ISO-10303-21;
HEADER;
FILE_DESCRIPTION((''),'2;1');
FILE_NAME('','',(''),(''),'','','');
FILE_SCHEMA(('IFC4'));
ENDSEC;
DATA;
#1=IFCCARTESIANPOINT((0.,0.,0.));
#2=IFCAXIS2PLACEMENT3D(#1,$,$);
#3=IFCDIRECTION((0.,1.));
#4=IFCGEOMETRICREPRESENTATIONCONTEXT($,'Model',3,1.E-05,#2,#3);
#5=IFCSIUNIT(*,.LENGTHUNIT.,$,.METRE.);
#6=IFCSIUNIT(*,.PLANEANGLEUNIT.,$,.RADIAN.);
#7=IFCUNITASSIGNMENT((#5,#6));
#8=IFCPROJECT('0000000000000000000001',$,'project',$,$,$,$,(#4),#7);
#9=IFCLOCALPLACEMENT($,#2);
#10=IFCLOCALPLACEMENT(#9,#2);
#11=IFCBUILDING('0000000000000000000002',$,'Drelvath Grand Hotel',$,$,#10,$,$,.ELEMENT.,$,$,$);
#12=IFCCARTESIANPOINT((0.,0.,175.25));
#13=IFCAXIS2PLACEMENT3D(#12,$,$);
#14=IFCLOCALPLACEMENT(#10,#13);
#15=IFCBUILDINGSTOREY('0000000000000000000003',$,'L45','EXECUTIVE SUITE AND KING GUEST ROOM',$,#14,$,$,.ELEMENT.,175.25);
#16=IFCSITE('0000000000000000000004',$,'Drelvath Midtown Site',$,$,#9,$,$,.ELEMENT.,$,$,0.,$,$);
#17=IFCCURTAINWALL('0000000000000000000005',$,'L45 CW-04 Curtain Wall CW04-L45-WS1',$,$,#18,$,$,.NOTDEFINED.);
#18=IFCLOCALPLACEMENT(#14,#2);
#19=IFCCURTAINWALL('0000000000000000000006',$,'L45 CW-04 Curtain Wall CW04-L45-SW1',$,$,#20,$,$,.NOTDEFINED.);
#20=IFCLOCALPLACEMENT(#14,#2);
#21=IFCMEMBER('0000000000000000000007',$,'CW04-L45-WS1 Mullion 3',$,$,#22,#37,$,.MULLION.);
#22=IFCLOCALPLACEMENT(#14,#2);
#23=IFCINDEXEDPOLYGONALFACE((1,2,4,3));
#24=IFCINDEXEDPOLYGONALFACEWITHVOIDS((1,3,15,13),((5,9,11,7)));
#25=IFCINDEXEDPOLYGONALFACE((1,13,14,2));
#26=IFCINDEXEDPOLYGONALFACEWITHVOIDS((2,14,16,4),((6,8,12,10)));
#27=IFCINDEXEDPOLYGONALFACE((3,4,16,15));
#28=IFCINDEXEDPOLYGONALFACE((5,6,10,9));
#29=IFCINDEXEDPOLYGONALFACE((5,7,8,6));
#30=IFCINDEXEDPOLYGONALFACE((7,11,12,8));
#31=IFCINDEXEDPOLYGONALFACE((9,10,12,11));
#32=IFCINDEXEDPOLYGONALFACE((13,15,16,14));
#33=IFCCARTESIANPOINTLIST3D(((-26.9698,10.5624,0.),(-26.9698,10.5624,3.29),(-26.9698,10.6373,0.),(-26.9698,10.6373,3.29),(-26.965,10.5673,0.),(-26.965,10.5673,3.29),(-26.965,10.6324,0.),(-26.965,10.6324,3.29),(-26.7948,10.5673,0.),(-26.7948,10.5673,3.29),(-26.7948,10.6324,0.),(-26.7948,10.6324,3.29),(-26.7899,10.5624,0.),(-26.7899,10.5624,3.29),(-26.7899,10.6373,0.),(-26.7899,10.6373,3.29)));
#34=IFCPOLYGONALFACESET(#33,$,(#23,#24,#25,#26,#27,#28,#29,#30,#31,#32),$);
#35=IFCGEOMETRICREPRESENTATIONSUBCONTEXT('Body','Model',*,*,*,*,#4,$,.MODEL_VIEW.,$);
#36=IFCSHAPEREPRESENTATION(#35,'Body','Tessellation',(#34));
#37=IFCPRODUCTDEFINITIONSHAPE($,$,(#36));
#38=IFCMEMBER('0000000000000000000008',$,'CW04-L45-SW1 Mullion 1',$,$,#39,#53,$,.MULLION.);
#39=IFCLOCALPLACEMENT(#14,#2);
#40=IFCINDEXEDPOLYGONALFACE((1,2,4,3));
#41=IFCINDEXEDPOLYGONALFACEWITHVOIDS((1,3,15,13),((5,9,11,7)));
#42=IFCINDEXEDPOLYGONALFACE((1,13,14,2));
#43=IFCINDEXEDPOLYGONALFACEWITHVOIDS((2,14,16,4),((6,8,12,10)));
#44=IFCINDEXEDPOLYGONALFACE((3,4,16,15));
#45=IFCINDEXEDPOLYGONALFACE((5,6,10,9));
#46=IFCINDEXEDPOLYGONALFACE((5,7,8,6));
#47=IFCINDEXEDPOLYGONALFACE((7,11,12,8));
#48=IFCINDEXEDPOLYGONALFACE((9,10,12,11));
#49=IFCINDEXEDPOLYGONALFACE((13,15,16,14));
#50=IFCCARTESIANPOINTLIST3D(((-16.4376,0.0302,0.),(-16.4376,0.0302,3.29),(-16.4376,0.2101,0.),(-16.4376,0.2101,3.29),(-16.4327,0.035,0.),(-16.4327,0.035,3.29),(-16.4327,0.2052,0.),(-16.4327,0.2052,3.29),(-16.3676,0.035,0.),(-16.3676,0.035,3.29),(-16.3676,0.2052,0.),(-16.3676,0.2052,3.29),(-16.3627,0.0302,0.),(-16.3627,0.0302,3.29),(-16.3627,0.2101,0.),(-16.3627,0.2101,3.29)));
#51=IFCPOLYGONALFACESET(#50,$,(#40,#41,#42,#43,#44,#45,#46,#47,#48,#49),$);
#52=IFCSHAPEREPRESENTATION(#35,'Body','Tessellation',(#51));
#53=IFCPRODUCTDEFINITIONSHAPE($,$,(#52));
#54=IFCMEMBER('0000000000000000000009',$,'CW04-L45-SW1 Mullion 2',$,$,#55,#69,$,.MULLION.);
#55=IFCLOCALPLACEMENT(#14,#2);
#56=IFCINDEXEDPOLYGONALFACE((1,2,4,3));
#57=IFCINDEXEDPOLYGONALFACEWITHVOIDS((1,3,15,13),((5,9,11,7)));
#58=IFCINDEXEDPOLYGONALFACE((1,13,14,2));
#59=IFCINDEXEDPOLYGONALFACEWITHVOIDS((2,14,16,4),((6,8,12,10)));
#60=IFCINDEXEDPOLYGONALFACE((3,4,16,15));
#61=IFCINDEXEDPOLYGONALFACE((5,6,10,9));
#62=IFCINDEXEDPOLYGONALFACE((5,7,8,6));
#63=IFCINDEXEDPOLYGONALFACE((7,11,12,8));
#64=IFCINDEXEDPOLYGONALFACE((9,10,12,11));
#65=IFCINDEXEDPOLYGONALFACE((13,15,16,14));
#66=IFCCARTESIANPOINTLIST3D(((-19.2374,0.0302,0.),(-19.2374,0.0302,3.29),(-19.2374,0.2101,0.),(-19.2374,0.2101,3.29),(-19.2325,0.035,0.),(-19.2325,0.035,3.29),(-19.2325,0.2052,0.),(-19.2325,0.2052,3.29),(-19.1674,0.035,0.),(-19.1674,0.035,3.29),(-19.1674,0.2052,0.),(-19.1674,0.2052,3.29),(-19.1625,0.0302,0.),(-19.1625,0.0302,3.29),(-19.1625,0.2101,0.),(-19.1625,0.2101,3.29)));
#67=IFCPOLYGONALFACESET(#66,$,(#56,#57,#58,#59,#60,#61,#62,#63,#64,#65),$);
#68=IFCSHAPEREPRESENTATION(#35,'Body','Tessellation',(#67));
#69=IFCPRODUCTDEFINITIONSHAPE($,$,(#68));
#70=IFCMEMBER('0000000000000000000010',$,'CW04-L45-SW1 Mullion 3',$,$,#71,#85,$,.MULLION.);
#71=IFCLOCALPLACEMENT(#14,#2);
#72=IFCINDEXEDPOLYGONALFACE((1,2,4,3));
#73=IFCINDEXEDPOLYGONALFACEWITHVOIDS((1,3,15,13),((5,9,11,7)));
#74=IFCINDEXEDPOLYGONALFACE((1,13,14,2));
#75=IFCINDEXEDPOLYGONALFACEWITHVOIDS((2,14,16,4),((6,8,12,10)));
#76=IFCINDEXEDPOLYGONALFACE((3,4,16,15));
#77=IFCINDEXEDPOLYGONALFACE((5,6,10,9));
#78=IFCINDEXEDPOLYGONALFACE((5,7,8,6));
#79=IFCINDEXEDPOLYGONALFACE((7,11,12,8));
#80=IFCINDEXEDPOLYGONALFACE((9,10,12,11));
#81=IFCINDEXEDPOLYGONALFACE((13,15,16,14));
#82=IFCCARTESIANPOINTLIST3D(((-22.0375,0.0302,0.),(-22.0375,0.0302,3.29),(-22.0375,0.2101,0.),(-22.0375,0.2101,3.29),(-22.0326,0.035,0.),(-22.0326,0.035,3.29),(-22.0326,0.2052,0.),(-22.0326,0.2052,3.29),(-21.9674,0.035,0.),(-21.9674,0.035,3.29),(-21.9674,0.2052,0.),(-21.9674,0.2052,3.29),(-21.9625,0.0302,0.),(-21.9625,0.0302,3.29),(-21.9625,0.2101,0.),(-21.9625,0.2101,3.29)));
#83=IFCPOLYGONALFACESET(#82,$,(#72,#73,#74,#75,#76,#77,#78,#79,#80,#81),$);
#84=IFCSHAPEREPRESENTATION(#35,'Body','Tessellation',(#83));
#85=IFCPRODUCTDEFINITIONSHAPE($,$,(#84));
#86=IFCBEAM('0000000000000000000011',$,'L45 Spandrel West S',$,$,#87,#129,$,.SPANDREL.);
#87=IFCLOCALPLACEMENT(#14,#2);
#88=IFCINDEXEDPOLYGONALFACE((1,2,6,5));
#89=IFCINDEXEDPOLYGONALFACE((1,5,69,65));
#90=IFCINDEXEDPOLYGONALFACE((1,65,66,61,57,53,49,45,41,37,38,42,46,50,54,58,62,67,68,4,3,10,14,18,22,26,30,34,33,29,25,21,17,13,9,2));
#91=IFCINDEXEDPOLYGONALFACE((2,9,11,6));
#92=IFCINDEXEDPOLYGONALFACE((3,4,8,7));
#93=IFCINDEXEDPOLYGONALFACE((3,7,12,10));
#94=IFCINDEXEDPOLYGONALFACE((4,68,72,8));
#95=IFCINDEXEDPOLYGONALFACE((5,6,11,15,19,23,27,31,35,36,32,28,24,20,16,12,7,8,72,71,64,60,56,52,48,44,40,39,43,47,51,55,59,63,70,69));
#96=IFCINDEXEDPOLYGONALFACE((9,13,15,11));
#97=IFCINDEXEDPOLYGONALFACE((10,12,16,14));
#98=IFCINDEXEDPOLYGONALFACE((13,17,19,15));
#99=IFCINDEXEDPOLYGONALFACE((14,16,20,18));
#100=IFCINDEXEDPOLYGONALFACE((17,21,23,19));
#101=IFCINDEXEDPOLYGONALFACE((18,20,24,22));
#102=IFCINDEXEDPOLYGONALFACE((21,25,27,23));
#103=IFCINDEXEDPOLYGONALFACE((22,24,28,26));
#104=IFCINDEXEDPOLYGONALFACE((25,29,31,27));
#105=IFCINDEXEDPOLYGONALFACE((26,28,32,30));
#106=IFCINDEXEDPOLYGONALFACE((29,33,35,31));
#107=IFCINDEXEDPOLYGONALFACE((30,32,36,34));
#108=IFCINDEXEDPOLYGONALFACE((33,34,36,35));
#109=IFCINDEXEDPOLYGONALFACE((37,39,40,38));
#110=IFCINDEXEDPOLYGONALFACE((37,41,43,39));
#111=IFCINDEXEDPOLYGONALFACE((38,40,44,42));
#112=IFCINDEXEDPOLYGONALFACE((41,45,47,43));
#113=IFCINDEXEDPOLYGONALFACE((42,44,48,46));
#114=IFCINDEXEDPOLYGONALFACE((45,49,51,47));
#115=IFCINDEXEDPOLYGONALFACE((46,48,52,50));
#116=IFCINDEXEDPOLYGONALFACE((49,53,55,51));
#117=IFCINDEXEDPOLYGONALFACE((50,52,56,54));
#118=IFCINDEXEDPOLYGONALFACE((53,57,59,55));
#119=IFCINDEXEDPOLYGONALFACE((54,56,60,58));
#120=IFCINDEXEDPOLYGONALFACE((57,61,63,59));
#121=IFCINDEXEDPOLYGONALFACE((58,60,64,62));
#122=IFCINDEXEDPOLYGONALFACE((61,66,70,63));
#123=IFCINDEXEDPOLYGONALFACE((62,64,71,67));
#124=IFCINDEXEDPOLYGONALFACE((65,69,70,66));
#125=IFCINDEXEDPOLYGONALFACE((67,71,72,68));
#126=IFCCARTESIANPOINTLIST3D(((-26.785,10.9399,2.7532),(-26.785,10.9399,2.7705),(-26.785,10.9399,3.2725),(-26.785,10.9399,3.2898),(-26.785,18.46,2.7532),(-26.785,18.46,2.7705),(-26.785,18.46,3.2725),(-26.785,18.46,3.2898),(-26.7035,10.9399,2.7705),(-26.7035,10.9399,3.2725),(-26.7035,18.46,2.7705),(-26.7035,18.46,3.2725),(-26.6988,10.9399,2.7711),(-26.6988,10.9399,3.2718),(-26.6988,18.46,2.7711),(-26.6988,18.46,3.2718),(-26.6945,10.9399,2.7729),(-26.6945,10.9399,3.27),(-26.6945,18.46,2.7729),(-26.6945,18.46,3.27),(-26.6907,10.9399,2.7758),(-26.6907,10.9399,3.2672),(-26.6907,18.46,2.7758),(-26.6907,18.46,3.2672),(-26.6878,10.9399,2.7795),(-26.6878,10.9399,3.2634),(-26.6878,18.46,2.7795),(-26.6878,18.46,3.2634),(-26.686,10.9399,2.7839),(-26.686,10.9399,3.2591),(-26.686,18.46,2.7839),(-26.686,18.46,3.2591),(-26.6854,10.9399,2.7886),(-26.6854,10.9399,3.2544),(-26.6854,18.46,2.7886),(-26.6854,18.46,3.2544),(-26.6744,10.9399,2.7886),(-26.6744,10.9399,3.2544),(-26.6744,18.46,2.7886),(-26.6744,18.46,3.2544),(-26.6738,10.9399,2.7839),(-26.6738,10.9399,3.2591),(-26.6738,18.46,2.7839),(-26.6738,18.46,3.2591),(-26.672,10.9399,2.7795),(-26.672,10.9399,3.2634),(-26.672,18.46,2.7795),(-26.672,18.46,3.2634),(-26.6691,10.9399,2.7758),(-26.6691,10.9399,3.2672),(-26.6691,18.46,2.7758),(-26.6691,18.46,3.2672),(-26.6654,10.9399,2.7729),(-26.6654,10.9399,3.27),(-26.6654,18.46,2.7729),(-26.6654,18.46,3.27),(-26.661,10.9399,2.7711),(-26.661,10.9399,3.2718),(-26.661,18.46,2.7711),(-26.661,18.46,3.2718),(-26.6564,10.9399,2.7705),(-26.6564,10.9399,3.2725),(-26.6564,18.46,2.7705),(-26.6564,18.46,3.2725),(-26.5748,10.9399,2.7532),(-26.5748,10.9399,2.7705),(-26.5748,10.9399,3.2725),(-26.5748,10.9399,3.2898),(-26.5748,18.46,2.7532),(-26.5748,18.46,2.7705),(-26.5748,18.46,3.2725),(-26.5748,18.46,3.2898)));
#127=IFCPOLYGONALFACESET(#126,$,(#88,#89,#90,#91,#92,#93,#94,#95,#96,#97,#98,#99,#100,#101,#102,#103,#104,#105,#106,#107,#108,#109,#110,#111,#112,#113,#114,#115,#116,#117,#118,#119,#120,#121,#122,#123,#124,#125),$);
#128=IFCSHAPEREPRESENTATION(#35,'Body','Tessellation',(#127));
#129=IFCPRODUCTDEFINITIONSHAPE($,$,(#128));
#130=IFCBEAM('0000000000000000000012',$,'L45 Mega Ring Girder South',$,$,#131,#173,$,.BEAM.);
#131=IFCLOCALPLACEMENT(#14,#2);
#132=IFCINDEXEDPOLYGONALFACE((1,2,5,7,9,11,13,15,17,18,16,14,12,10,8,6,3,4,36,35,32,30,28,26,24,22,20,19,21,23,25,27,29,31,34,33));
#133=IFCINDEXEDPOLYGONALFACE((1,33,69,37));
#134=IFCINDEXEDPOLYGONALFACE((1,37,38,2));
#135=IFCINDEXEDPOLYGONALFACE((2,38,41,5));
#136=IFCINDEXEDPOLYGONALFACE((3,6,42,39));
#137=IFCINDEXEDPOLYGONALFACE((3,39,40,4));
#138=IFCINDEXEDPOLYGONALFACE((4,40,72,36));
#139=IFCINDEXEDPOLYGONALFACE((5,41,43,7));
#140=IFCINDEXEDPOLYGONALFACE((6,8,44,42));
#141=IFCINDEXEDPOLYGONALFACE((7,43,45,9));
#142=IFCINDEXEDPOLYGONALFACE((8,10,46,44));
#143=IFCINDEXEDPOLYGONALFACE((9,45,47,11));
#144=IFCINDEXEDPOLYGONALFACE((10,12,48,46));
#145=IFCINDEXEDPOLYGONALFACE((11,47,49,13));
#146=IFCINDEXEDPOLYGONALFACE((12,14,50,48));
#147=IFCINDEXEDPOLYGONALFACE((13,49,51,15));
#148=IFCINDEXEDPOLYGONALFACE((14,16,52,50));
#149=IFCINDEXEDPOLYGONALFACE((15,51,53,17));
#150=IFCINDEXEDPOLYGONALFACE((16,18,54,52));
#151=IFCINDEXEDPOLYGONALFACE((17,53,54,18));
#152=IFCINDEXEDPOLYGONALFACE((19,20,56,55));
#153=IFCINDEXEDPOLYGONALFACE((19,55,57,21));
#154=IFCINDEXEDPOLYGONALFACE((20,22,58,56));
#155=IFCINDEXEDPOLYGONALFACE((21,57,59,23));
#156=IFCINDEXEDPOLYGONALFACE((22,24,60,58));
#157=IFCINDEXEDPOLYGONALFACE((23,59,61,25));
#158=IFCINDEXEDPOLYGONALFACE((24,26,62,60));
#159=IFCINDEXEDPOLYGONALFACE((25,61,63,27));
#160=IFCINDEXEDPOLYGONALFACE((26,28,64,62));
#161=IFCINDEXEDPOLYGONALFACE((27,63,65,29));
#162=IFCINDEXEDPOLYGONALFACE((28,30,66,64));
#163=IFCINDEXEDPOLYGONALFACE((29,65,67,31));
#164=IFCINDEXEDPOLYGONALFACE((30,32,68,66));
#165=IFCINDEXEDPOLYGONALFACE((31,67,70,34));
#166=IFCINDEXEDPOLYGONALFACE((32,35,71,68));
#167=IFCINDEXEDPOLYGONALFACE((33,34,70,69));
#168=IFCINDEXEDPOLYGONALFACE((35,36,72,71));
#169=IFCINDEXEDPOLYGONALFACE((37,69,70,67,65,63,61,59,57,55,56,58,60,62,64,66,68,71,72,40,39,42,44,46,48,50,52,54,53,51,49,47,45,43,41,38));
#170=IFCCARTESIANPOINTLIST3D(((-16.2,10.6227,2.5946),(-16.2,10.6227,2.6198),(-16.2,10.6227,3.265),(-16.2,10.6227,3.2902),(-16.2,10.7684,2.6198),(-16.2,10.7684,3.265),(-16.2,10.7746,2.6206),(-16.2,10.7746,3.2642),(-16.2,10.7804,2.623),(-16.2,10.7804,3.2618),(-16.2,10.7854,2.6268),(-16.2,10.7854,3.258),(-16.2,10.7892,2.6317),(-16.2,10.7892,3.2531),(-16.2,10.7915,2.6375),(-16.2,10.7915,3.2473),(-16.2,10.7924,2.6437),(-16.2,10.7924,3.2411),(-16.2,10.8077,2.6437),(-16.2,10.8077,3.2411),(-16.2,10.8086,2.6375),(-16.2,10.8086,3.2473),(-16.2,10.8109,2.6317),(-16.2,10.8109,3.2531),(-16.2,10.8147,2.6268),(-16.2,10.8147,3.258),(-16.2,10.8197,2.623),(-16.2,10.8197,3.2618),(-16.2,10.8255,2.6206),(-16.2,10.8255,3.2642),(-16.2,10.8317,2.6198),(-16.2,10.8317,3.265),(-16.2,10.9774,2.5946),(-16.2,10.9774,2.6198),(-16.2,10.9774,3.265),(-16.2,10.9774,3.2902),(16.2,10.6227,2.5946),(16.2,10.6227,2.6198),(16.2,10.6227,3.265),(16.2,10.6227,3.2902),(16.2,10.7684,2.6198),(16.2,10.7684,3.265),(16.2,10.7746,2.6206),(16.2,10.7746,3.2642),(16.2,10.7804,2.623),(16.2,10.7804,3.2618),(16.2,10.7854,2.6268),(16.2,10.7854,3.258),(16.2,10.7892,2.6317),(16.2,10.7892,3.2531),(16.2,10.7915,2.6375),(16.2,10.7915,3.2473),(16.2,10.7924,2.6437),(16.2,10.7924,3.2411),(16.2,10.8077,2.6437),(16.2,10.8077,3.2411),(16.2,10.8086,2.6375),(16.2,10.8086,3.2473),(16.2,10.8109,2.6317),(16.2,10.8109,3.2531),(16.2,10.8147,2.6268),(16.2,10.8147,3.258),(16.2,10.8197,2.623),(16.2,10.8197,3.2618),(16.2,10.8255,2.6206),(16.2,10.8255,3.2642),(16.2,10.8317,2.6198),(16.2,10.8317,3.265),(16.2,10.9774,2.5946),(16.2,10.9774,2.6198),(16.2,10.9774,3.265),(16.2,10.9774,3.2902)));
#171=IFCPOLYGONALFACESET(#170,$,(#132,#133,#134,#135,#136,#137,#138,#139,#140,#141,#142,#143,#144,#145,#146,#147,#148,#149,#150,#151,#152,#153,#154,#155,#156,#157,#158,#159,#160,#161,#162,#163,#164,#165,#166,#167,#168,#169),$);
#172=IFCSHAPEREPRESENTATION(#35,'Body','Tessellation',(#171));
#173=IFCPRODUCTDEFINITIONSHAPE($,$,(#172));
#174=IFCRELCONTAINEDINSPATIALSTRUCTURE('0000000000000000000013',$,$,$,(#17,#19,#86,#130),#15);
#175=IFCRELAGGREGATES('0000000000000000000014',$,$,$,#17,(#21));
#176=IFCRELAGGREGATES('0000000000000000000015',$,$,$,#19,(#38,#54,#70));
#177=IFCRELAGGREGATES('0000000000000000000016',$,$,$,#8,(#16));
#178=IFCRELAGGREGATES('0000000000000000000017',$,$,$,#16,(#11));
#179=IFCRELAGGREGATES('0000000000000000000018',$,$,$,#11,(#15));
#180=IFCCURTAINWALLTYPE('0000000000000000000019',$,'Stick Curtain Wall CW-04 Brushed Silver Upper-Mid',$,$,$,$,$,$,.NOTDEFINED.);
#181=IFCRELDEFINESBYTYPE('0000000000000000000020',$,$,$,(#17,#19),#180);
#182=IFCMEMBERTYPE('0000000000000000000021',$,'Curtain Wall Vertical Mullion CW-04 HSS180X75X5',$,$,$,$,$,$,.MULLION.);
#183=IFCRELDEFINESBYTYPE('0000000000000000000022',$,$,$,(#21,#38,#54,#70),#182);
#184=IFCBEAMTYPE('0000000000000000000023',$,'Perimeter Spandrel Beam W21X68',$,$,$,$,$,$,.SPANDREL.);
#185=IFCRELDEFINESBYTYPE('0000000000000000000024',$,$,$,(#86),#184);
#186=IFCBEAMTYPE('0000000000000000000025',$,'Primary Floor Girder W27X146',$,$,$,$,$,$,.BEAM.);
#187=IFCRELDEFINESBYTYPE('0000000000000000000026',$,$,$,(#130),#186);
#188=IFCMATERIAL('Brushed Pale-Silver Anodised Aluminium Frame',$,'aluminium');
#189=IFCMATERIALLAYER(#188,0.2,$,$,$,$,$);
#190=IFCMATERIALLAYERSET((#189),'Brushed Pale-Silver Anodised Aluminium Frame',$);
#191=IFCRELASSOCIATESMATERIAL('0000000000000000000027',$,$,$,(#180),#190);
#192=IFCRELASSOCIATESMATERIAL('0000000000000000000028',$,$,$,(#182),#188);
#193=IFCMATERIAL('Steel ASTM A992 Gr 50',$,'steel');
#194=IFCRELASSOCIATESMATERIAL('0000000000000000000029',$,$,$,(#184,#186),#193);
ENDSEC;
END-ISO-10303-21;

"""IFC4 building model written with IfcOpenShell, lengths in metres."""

from ifc_helpers import new_model, si_unit, direction, frame, origin, origin_2d, place, context, subcontext, project, spatial, hollow_rectangle, i_section, extrude, material, layer, layer_set, material_profile, profile_set, type_object, element, aggregate, save


model = new_model("IFC4")

# Units and contexts
model_context = context("Model", 3, precision=1e-05, world=origin(), true_north=direction((0.0, 1.0)))
body_context = subcontext(model_context, "Body", "Model", "MODEL_VIEW")
ifc_project = project(units=[si_unit("LENGTHUNIT", "METRE"), si_unit("PLANEANGLEUNIT", "RADIAN")], contexts=[model_context])

# Site, building, storey
site_placement = place(None, origin())
site = spatial("IfcSite", under=ifc_project, at=site_placement, Name="Drelvath Midtown Site", CompositionType="ELEMENT", RefElevation=0.0)
building_placement = place(site_placement, origin())
building = spatial("IfcBuilding", under=site, at=building_placement, Name="Drelvath Grand Hotel", CompositionType="ELEMENT")
storey_placement = place(building_placement, frame((0.0, 0.0, 175.25)))
storey = spatial("IfcBuildingStorey", under=building, at=storey_placement, Name="L45", Description="EXECUTIVE SUITE AND KING GUEST ROOM", CompositionType="ELEMENT", Elevation=175.25)

# Curtain walls
ifc_material_1 = material(Name="Brushed Pale-Silver Anodised Aluminium Frame", Category="aluminium")
ifc_layer_1 = layer(ifc_material_1, 0.2)
ifc_layer_set_1 = layer_set([ifc_layer_1], Name="Brushed Pale-Silver Anodised Aluminium Frame")
curtain_wall_type = type_object("IfcCurtainWallType", Name="Stick Curtain Wall CW-04 Brushed Silver Upper-Mid", PredefinedType="NOTDEFINED", material=ifc_layer_set_1)
curtain_wall_1_placement = place(storey_placement, origin())
curtain_wall_1 = element("IfcCurtainWall", 1, at=curtain_wall_1_placement, inside=storey, type_object=curtain_wall_type, Name="L45 CW-04 Curtain Wall CW04-L45-WS1", PredefinedType="NOTDEFINED")
curtain_wall_2_placement = place(storey_placement, origin())
curtain_wall_2 = element("IfcCurtainWall", 2, at=curtain_wall_2_placement, inside=storey, type_object=curtain_wall_type, Name="L45 CW-04 Curtain Wall CW04-L45-SW1", PredefinedType="NOTDEFINED")

# Members
ifc_material_profile_1 = material_profile(ifc_material_1, hollow_rectangle(XDim=0.075, YDim=0.1799, WallThickness=0.0049, at=origin_2d()), Name="HSS180X75X5")
ifc_profile_set_1 = profile_set([ifc_material_profile_1], Name="Brushed Pale-Silver Anodised Aluminium Frame")
member_type_1 = type_object("IfcMemberType", Name="Curtain Wall Vertical Mullion CW-04 HSS180X75X5", PredefinedType="MULLION", material=ifc_profile_set_1)
member_1_placement = place(storey_placement, frame((-26.8799, 10.5999, 0.0), z_axis=(0.0, 0.0, 1.0), x_axis=(0.0, 1.0, 0.0)))
member_1 = element("IfcMember", 3, at=member_1_placement, type_object=member_type_1, Name="CW04-L45-WS1 Mullion 3", PredefinedType="MULLION", context=body_context, shape_type="SweptSolid", body=[
    extrude(hollow_rectangle(XDim=0.075, YDim=0.1799, WallThickness=0.0049, at=origin_2d()), origin(), (0.0, 0.0, 1.0), 3.29),
])
member_2_placement = place(storey_placement, frame((-16.4001, 0.1201, 0.0), z_axis=(0.0, 0.0, 1.0), x_axis=(1.0, 0.0, 0.0)))
member_2 = element("IfcMember", 4, at=member_2_placement, type_object=member_type_1, Name="CW04-L45-SW1 Mullion 1", PredefinedType="MULLION", context=body_context, shape_type="SweptSolid", body=[
    extrude(hollow_rectangle(XDim=0.075, YDim=0.1799, WallThickness=0.0049, at=origin_2d()), origin(), (0.0, 0.0, 1.0), 3.29),
])
member_3_placement = place(storey_placement, frame((-19.2, 0.1201, 0.0), z_axis=(0.0, 0.0, 1.0), x_axis=(1.0, 0.0, 0.0)))
member_3 = element("IfcMember", 5, at=member_3_placement, type_object=member_type_1, Name="CW04-L45-SW1 Mullion 2", PredefinedType="MULLION", context=body_context, shape_type="SweptSolid", body=[
    extrude(hollow_rectangle(XDim=0.075, YDim=0.1799, WallThickness=0.0049, at=origin_2d()), origin(), (0.0, 0.0, 1.0), 3.29),
])
member_4_placement = place(storey_placement, frame((-22.0, 0.1201, 0.0), z_axis=(0.0, 0.0, 1.0), x_axis=(1.0, 0.0, 0.0)))
member_4 = element("IfcMember", 6, at=member_4_placement, type_object=member_type_1, Name="CW04-L45-SW1 Mullion 3", PredefinedType="MULLION", context=body_context, shape_type="SweptSolid", body=[
    extrude(hollow_rectangle(XDim=0.075, YDim=0.1799, WallThickness=0.0049, at=origin_2d()), origin(), (0.0, 0.0, 1.0), 3.29),
])

# Beams
ifc_material_2 = material(Name="Steel ASTM A992 Gr 50", Category="steel")
ifc_material_profile_2 = material_profile(ifc_material_2, i_section(OverallWidth=0.2102, OverallDepth=0.5366, WebThickness=0.011, FlangeThickness=0.0173, FilletRadius=0.0181, at=origin_2d()), Name="W21X68")
ifc_profile_set_2 = profile_set([ifc_material_profile_2], Name="Steel ASTM A992 Gr 50")
beam_type_1 = type_object("IfcBeamType", Name="Perimeter Spandrel Beam W21X68", PredefinedType="SPANDREL", material=ifc_profile_set_2)
beam_placement = place(storey_placement, frame((-26.6799, 10.9399, 3.0215), z_axis=(0.0, 1.0, 0.0), x_axis=(-1.0, 0.0, 0.0)))
element("IfcBeam", 7, at=beam_placement, inside=storey, type_object=beam_type_1, Name="L45 Spandrel West S", PredefinedType="SPANDREL", context=body_context, shape_type="SweptSolid", body=[
    extrude(i_section(OverallWidth=0.2102, OverallDepth=0.5366, WebThickness=0.011, FlangeThickness=0.0173, FilletRadius=0.0181, at=origin_2d()), origin(), (0.0, 0.0, 1.0), 7.52),
])
ifc_material_profile_3 = material_profile(ifc_material_2, i_section(OverallWidth=0.3547, OverallDepth=0.6956, WebThickness=0.0154, FlangeThickness=0.0251, FilletRadius=0.0239, at=origin_2d()), Name="W27X146")
ifc_profile_set_3 = profile_set([ifc_material_profile_3], Name="Steel ASTM A992 Gr 50")
beam_type_2 = type_object("IfcBeamType", Name="Primary Floor Girder W27X146", PredefinedType="BEAM", material=ifc_profile_set_3)
for number, where, z_axis, x_axis, name in (
    (8, (-16.2, 10.8, 2.9424), (1.0, 0.0, 0.0), (0.0, 1.0, 0.0), "L45 Mega Ring Girder South"),
):
    element("IfcBeam", number, at=place(storey_placement, frame(where, z_axis=z_axis, x_axis=x_axis)), inside=storey, type_object=beam_type_2, Name=name, PredefinedType="BEAM", context=body_context, shape_type="SweptSolid", body=[
        extrude(i_section(OverallWidth=0.3547, OverallDepth=0.6956, WebThickness=0.0154, FlangeThickness=0.0251, FilletRadius=0.0239, at=origin_2d()), origin(), (0.0, 0.0, 1.0), 32.3999),
    ])

aggregate(curtain_wall_1, [member_1])
aggregate(curtain_wall_2, [member_2, member_3, member_4])

save(model, "model.ifc")
